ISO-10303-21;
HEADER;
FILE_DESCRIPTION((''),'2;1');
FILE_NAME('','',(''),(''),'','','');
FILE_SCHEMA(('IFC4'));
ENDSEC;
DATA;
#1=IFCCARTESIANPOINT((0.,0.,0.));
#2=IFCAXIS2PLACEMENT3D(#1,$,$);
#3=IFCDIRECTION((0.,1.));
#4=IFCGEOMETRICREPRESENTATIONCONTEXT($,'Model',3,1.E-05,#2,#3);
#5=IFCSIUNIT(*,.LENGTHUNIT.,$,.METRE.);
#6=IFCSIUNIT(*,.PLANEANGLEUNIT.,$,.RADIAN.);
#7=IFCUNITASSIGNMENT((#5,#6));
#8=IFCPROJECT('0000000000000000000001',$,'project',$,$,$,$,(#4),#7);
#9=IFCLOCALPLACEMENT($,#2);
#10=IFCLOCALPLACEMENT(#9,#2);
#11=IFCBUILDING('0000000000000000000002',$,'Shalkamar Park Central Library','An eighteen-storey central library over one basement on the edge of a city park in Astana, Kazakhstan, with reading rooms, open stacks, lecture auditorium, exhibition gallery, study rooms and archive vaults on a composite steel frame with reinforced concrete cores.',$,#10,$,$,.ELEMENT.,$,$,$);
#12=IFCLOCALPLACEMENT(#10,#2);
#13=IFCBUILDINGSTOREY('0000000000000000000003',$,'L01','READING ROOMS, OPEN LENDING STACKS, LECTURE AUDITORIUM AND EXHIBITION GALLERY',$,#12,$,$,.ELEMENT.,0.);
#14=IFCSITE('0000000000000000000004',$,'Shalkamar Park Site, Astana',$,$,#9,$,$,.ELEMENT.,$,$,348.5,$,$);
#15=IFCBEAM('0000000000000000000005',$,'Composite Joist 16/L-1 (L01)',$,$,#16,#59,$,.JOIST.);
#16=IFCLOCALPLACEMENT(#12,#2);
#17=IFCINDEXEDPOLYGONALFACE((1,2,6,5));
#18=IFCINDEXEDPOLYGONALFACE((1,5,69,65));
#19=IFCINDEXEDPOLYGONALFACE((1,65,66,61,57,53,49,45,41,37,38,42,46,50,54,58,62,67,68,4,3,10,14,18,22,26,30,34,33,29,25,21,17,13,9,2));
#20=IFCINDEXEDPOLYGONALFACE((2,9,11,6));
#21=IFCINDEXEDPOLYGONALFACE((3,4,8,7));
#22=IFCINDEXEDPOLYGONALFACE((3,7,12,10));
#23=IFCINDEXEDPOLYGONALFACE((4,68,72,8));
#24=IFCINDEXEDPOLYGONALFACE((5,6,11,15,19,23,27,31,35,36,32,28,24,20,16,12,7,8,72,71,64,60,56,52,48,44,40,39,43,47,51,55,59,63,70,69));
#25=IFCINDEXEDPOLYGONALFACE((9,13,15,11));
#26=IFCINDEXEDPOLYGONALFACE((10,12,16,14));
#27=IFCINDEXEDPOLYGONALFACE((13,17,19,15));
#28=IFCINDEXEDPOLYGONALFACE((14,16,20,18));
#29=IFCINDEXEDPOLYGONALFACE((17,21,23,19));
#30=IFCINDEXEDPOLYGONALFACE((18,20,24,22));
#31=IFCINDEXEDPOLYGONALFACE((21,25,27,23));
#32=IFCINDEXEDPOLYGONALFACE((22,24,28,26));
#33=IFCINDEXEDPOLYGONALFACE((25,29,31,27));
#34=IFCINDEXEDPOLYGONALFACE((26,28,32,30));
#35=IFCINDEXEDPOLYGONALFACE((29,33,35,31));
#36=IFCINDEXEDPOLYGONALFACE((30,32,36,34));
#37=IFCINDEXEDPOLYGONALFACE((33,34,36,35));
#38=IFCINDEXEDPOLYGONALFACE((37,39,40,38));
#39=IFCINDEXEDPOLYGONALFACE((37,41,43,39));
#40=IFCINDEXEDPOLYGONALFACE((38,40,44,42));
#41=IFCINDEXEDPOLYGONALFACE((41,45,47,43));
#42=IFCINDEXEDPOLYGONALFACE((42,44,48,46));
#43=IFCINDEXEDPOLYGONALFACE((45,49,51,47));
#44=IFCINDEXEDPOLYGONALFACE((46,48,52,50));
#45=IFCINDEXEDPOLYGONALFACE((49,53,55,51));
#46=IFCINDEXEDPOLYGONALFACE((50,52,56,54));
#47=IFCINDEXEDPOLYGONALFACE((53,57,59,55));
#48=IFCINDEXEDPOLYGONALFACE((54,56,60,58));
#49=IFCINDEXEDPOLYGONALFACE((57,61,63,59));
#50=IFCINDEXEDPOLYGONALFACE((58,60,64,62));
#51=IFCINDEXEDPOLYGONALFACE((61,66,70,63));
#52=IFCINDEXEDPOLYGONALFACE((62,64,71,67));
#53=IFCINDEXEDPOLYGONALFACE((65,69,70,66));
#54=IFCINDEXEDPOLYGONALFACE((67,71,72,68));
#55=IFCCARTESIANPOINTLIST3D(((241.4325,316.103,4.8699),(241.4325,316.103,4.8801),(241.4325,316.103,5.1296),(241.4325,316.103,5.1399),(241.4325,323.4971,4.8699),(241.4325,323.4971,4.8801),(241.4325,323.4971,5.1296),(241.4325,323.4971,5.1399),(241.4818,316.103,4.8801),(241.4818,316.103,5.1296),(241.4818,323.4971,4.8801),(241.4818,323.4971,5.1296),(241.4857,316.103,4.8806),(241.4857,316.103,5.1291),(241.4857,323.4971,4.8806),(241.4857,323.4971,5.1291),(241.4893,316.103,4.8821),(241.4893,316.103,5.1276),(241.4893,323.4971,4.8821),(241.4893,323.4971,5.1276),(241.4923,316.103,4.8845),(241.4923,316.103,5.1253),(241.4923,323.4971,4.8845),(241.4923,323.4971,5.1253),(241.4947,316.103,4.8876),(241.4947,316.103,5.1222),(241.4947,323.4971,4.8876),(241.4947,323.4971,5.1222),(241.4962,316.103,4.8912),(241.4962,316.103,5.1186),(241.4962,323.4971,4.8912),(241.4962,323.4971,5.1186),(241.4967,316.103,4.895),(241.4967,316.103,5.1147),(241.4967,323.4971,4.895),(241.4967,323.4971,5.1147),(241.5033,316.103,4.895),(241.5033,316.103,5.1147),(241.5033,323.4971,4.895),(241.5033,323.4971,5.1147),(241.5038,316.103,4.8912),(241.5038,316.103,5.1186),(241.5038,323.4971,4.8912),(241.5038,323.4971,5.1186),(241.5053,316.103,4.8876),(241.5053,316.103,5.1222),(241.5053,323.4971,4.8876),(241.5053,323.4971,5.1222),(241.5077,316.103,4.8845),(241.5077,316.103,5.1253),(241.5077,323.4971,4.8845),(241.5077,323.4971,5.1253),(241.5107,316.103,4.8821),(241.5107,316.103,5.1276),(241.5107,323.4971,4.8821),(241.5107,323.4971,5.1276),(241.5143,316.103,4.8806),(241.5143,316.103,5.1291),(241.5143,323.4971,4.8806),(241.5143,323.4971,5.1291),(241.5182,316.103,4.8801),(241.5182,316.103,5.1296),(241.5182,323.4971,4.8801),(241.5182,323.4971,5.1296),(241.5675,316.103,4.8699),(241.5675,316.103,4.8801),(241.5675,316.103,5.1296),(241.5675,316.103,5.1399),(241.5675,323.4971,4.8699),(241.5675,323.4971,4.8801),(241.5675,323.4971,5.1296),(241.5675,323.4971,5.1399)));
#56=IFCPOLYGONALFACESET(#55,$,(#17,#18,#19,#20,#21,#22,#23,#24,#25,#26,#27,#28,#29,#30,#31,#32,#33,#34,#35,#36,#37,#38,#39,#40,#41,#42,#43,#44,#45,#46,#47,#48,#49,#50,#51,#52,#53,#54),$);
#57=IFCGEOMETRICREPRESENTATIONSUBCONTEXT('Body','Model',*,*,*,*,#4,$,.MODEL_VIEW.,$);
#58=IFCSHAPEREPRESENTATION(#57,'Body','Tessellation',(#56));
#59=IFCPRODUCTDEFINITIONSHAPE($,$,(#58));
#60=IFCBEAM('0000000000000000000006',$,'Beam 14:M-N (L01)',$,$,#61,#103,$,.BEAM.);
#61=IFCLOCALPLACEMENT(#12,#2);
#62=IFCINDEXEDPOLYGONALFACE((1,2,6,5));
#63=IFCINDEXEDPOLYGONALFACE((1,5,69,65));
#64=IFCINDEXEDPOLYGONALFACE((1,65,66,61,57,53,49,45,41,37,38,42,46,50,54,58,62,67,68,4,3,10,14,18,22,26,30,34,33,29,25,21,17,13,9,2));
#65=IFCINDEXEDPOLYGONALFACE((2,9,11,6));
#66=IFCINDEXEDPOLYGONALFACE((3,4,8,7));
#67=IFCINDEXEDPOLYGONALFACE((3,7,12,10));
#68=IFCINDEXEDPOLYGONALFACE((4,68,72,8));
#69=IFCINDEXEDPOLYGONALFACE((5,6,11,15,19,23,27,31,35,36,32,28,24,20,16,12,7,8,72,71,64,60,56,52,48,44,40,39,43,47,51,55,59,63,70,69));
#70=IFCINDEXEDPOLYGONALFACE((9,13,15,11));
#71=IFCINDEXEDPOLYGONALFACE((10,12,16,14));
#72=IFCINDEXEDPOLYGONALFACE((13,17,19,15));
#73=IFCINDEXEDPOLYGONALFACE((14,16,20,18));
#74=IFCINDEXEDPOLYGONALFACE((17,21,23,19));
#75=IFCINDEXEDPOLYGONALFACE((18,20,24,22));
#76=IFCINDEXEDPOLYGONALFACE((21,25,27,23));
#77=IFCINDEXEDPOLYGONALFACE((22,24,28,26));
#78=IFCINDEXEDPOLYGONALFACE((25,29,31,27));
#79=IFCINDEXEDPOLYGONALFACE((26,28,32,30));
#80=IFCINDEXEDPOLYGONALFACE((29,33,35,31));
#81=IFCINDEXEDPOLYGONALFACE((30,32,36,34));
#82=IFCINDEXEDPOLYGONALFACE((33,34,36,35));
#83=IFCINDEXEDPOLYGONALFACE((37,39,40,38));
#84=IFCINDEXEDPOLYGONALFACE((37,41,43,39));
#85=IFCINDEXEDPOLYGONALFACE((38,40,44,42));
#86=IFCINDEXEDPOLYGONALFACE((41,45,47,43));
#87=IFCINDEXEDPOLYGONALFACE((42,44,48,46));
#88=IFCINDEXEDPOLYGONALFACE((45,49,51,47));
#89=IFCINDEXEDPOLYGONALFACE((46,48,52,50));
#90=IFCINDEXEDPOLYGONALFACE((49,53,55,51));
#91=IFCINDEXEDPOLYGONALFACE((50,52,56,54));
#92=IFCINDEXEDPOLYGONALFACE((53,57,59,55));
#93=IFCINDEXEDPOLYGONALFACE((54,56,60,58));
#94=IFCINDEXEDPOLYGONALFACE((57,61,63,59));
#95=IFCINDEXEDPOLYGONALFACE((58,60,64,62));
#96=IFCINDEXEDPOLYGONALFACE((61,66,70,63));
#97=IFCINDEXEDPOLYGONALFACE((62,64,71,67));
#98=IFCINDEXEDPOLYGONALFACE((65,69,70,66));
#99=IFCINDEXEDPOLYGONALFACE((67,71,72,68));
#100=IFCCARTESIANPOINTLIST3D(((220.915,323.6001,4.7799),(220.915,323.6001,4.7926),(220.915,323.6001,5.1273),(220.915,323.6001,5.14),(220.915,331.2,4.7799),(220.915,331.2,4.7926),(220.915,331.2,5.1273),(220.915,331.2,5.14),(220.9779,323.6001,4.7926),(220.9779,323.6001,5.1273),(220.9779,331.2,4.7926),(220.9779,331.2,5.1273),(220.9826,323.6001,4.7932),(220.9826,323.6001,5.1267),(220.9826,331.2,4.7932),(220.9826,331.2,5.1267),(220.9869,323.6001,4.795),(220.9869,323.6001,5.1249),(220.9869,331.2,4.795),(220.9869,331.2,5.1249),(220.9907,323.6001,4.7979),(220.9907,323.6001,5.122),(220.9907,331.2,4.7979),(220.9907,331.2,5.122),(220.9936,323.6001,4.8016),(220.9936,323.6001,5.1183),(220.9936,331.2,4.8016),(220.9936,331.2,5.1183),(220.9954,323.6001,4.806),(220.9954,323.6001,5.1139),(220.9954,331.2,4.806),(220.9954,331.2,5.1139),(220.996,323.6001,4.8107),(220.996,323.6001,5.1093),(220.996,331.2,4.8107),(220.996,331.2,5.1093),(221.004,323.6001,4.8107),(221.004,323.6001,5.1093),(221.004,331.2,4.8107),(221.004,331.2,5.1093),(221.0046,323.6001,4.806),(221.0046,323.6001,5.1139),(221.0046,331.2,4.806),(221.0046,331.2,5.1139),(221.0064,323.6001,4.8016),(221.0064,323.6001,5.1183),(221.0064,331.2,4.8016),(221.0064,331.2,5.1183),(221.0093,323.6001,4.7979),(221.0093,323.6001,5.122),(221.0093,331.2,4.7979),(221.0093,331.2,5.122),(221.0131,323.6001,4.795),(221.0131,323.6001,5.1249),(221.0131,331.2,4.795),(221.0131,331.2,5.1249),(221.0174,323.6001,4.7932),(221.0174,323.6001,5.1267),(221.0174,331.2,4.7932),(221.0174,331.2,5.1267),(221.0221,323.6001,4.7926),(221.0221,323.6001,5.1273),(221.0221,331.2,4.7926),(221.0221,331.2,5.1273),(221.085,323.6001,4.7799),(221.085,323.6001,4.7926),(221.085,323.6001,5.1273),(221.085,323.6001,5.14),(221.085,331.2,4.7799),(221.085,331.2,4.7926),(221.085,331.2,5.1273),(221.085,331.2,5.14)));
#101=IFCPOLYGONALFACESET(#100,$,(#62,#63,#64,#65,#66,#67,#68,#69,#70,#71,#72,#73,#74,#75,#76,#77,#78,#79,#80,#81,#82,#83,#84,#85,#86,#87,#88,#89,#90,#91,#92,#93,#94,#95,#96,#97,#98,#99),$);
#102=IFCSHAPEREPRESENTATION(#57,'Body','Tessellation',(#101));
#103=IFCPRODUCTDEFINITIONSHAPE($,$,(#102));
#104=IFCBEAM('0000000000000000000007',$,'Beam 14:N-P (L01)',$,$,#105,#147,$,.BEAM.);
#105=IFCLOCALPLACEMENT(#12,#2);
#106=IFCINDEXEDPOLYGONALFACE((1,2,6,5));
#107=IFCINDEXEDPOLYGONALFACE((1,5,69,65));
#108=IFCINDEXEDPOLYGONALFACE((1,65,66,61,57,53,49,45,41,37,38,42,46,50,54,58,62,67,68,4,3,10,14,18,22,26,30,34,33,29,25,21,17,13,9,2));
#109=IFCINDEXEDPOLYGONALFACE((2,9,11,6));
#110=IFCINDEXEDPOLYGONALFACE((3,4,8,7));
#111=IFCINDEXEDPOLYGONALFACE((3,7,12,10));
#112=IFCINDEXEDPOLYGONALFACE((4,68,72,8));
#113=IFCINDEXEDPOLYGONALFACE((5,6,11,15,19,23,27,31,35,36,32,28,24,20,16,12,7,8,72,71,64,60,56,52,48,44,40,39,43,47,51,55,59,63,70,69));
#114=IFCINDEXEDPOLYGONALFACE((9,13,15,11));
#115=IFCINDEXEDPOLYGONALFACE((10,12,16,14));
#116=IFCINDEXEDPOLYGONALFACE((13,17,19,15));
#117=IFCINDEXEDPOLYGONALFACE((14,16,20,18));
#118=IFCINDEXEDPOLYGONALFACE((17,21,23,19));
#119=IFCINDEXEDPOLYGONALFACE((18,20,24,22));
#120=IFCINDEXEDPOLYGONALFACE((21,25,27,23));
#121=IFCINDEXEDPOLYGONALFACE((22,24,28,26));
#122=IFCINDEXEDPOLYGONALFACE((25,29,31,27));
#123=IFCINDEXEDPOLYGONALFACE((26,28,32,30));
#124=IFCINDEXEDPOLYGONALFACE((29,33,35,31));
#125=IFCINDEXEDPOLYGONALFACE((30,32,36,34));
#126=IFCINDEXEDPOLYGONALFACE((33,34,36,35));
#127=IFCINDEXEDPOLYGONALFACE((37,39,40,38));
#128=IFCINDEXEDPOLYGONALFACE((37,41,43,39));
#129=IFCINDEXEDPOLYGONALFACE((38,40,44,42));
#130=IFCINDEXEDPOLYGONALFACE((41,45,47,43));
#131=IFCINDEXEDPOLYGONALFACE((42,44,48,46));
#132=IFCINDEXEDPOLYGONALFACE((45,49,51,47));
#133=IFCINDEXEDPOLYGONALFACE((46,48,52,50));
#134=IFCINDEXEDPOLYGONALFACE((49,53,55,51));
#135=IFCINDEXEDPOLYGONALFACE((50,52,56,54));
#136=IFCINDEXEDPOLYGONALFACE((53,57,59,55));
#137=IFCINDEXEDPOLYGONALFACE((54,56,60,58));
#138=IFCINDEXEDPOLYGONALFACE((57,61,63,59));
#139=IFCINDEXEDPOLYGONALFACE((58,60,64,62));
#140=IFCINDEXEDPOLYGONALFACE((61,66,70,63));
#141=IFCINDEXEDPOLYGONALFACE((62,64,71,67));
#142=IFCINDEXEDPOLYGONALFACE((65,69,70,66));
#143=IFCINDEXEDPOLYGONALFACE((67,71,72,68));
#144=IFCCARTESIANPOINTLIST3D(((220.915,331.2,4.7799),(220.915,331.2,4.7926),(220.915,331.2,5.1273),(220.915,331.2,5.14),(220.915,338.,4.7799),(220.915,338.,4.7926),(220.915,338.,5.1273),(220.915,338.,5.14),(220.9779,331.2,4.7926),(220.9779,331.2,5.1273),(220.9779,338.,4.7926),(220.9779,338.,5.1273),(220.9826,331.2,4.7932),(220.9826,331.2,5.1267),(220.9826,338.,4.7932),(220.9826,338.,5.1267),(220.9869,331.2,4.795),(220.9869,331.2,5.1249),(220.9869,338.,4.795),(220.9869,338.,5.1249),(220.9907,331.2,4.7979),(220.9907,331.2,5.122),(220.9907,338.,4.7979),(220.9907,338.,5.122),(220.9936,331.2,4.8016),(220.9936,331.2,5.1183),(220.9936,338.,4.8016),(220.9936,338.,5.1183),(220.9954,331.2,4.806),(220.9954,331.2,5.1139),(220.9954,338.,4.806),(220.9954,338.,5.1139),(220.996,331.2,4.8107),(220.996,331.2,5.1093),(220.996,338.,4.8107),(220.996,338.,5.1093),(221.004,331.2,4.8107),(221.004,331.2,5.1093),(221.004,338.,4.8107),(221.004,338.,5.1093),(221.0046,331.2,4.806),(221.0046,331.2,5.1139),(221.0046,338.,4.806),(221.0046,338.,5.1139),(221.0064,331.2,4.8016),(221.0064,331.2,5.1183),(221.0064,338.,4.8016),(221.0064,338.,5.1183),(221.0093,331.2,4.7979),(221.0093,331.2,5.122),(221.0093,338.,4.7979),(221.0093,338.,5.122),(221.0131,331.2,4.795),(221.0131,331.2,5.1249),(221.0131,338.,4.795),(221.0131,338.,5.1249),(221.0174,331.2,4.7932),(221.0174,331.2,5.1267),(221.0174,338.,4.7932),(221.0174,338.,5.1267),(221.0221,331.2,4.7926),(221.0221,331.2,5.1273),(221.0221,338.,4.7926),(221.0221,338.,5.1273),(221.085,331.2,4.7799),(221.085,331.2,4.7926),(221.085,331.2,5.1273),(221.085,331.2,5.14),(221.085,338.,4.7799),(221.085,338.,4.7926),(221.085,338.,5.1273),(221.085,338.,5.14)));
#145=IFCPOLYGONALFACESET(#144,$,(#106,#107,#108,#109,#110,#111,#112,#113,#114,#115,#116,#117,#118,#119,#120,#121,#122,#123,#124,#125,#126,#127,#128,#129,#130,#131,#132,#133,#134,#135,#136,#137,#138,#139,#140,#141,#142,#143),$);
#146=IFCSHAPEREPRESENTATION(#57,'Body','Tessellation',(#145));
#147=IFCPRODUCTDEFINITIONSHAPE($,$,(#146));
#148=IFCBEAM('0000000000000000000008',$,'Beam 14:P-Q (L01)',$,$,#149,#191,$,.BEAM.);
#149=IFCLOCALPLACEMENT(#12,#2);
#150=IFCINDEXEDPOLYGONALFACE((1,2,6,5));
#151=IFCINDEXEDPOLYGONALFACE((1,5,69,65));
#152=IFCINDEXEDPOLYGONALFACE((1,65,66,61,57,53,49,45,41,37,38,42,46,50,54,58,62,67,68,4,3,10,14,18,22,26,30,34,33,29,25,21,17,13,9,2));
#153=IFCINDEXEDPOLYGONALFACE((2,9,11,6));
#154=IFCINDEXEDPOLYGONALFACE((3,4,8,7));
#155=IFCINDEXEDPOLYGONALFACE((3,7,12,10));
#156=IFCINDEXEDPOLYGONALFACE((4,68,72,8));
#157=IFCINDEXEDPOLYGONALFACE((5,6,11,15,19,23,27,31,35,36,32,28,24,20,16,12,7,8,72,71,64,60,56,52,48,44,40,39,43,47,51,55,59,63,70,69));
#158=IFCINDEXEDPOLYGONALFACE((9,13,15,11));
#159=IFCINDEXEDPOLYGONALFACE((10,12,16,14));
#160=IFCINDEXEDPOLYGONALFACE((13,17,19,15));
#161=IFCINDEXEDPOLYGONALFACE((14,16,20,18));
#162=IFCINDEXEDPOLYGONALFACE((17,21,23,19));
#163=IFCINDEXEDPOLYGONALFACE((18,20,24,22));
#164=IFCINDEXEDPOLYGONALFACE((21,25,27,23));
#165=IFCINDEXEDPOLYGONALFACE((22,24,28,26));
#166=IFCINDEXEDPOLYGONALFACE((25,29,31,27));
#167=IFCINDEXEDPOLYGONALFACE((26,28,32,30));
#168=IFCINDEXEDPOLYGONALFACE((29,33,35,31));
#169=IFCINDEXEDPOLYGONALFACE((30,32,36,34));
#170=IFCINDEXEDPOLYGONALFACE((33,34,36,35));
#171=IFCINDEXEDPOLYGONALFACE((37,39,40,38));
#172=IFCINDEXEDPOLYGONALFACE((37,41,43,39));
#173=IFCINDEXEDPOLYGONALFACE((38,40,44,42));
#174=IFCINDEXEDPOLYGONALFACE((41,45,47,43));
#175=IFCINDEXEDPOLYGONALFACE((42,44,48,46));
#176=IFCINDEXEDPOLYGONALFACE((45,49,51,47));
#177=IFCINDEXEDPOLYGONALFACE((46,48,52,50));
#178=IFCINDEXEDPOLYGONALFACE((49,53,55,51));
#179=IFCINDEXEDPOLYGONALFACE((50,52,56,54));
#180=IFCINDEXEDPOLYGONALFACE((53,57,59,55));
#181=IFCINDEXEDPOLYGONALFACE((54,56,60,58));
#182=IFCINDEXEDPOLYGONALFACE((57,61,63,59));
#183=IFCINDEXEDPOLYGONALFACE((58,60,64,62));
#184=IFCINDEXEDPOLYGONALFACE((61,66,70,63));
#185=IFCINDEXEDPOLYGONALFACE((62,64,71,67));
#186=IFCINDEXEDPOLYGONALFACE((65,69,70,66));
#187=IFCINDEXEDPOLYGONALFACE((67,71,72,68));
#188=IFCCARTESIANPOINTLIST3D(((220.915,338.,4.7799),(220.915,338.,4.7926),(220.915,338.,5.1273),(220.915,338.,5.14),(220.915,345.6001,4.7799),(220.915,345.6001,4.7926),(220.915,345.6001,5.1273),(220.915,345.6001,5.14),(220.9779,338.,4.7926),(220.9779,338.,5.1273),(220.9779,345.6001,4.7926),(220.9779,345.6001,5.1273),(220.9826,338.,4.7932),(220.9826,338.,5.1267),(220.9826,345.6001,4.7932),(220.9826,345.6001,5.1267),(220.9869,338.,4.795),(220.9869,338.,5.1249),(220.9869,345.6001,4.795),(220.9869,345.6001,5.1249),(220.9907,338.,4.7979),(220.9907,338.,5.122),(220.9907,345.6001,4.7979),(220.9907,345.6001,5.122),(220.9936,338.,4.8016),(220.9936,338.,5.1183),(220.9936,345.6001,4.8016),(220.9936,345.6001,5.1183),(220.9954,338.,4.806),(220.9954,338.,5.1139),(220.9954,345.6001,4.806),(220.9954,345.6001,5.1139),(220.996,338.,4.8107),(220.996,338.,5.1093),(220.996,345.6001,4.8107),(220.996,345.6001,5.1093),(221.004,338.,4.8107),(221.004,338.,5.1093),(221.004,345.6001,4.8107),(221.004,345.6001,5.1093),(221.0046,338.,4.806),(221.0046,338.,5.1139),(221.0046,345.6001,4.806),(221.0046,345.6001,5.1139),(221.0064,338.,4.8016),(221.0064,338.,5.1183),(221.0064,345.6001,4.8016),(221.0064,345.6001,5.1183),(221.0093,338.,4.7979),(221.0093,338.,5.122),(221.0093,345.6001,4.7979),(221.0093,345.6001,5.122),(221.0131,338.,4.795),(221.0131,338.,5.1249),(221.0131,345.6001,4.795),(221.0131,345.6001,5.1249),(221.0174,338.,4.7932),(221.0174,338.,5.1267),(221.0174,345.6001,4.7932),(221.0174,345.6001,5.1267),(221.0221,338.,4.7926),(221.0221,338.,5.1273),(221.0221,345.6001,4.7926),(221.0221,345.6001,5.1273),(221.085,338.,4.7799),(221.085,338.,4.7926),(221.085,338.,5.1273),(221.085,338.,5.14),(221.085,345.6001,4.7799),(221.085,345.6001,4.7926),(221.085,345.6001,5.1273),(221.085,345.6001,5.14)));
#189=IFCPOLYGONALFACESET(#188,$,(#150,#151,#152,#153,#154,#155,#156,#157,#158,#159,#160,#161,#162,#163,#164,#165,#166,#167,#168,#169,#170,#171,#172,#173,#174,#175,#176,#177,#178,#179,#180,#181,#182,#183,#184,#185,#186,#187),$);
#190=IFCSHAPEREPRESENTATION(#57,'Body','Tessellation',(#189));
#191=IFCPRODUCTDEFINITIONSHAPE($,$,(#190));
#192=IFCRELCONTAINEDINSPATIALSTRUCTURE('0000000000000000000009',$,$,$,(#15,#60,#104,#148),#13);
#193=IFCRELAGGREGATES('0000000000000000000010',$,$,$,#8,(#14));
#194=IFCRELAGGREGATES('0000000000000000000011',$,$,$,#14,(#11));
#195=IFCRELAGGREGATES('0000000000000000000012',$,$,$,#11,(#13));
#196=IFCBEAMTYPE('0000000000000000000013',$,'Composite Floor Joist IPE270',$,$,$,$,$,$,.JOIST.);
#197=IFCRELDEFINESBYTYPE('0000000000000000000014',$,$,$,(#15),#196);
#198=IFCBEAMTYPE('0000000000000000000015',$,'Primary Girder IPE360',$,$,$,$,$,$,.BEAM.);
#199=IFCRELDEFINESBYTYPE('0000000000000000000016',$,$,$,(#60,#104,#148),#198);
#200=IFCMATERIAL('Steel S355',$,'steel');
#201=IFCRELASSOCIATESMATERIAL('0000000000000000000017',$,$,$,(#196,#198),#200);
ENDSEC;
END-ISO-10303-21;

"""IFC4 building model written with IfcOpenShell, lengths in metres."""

from ifc_helpers import new_model, si_unit, direction, frame, origin, origin_2d, place, context, subcontext, project, spatial, i_section, extrude, material, material_profile, profile_set, type_object, element, save


model = new_model("IFC4")

# Units and contexts
model_context = context("Model", 3, precision=1e-05, world=origin(), true_north=direction((0.0, 1.0)))
body_context = subcontext(model_context, "Body", "Model", "MODEL_VIEW")
ifc_project = project(units=[si_unit("LENGTHUNIT", "METRE"), si_unit("PLANEANGLEUNIT", "RADIAN")], contexts=[model_context])

# Site, building, storey
site_placement = place(None, origin())
site = spatial("IfcSite", under=ifc_project, at=site_placement, Name="Shalkamar Park Site, Astana", CompositionType="ELEMENT", RefElevation=348.5)
building_placement = place(site_placement, origin())
building = spatial("IfcBuilding", under=site, at=building_placement, Name="Shalkamar Park Central Library", Description="An eighteen-storey central library over one basement on the edge of a city park in Astana, Kazakhstan, with reading rooms, open stacks, lecture auditorium, exhibition gallery, study rooms and archive vaults on a composite steel frame with reinforced concrete cores.", CompositionType="ELEMENT")
storey_placement = place(building_placement, origin())
storey = spatial("IfcBuildingStorey", under=building, at=storey_placement, Name="L01", Description="READING ROOMS, OPEN LENDING STACKS, LECTURE AUDITORIUM AND EXHIBITION GALLERY", CompositionType="ELEMENT", Elevation=0.0)

# Shared definitions
ifc_material = material(Name="Steel S355", Category="steel")

# Beams
ifc_material_profile_1 = material_profile(ifc_material, i_section(OverallWidth=0.135, OverallDepth=0.27, WebThickness=0.0066, FlangeThickness=0.0103, FilletRadius=0.0149, at=origin_2d()), Name="IPE 270")
ifc_profile_set_1 = profile_set([ifc_material_profile_1], Name="Steel S355")
beam_type_1 = type_object("IfcBeamType", Name="Composite Floor Joist IPE270", PredefinedType="JOIST", material=ifc_profile_set_1)
beam_1_placement = place(storey_placement, frame((241.5, 316.103, 5.0049), z_axis=(0.0, 1.0, 0.0), x_axis=(-1.0, 0.0, 0.0)))
element("IfcBeam", 1, at=beam_1_placement, inside=storey, type_object=beam_type_1, Name="Composite Joist 16/L-1 (L01)", PredefinedType="JOIST", context=body_context, shape_type="SweptSolid", body=[
    extrude(i_section(OverallWidth=0.135, OverallDepth=0.27, WebThickness=0.0066, FlangeThickness=0.0103, FilletRadius=0.0149, at=origin_2d()), origin(), (0.0, 0.0, 1.0), 7.394),
])
ifc_material_profile_2 = material_profile(ifc_material, i_section(OverallWidth=0.1699, OverallDepth=0.3601, WebThickness=0.0081, FlangeThickness=0.0127, FilletRadius=0.0181, at=origin_2d()), Name="IPE 360")
ifc_profile_set_2 = profile_set([ifc_material_profile_2], Name="Steel S355")
beam_type_2 = type_object("IfcBeamType", Name="Primary Girder IPE360", PredefinedType="BEAM", material=ifc_profile_set_2)
beam_2_placement = place(storey_placement, frame((221.0, 323.6001, 4.96), z_axis=(0.0, 1.0, 0.0), x_axis=(-1.0, 0.0, 0.0)))
element("IfcBeam", 2, at=beam_2_placement, inside=storey, type_object=beam_type_2, Name="Beam 14:M-N (L01)", PredefinedType="BEAM", context=body_context, shape_type="SweptSolid", body=[
    extrude(i_section(OverallWidth=0.1699, OverallDepth=0.3601, WebThickness=0.0081, FlangeThickness=0.0127, FilletRadius=0.0181, at=origin_2d()), origin(), (0.0, 0.0, 1.0), 7.5999),
])
beam_3_placement = place(storey_placement, frame((221.0, 331.2, 4.96), z_axis=(0.0, 1.0, 0.0), x_axis=(-1.0, 0.0, 0.0)))
element("IfcBeam", 3, at=beam_3_placement, inside=storey, type_object=beam_type_2, Name="Beam 14:N-P (L01)", PredefinedType="BEAM", context=body_context, shape_type="SweptSolid", body=[
    extrude(i_section(OverallWidth=0.1699, OverallDepth=0.3601, WebThickness=0.0081, FlangeThickness=0.0127, FilletRadius=0.0181, at=origin_2d()), origin(), (0.0, 0.0, 1.0), 6.8),
])
beam_4_placement = place(storey_placement, frame((221.0, 338.0, 4.96), z_axis=(0.0, 1.0, 0.0), x_axis=(-1.0, 0.0, 0.0)))
element("IfcBeam", 4, at=beam_4_placement, inside=storey, type_object=beam_type_2, Name="Beam 14:P-Q (L01)", PredefinedType="BEAM", context=body_context, shape_type="SweptSolid", body=[
    extrude(i_section(OverallWidth=0.1699, OverallDepth=0.3601, WebThickness=0.0081, FlangeThickness=0.0127, FilletRadius=0.0181, at=origin_2d()), origin(), (0.0, 0.0, 1.0), 7.6001),
])

save(model, "model.ifc")
